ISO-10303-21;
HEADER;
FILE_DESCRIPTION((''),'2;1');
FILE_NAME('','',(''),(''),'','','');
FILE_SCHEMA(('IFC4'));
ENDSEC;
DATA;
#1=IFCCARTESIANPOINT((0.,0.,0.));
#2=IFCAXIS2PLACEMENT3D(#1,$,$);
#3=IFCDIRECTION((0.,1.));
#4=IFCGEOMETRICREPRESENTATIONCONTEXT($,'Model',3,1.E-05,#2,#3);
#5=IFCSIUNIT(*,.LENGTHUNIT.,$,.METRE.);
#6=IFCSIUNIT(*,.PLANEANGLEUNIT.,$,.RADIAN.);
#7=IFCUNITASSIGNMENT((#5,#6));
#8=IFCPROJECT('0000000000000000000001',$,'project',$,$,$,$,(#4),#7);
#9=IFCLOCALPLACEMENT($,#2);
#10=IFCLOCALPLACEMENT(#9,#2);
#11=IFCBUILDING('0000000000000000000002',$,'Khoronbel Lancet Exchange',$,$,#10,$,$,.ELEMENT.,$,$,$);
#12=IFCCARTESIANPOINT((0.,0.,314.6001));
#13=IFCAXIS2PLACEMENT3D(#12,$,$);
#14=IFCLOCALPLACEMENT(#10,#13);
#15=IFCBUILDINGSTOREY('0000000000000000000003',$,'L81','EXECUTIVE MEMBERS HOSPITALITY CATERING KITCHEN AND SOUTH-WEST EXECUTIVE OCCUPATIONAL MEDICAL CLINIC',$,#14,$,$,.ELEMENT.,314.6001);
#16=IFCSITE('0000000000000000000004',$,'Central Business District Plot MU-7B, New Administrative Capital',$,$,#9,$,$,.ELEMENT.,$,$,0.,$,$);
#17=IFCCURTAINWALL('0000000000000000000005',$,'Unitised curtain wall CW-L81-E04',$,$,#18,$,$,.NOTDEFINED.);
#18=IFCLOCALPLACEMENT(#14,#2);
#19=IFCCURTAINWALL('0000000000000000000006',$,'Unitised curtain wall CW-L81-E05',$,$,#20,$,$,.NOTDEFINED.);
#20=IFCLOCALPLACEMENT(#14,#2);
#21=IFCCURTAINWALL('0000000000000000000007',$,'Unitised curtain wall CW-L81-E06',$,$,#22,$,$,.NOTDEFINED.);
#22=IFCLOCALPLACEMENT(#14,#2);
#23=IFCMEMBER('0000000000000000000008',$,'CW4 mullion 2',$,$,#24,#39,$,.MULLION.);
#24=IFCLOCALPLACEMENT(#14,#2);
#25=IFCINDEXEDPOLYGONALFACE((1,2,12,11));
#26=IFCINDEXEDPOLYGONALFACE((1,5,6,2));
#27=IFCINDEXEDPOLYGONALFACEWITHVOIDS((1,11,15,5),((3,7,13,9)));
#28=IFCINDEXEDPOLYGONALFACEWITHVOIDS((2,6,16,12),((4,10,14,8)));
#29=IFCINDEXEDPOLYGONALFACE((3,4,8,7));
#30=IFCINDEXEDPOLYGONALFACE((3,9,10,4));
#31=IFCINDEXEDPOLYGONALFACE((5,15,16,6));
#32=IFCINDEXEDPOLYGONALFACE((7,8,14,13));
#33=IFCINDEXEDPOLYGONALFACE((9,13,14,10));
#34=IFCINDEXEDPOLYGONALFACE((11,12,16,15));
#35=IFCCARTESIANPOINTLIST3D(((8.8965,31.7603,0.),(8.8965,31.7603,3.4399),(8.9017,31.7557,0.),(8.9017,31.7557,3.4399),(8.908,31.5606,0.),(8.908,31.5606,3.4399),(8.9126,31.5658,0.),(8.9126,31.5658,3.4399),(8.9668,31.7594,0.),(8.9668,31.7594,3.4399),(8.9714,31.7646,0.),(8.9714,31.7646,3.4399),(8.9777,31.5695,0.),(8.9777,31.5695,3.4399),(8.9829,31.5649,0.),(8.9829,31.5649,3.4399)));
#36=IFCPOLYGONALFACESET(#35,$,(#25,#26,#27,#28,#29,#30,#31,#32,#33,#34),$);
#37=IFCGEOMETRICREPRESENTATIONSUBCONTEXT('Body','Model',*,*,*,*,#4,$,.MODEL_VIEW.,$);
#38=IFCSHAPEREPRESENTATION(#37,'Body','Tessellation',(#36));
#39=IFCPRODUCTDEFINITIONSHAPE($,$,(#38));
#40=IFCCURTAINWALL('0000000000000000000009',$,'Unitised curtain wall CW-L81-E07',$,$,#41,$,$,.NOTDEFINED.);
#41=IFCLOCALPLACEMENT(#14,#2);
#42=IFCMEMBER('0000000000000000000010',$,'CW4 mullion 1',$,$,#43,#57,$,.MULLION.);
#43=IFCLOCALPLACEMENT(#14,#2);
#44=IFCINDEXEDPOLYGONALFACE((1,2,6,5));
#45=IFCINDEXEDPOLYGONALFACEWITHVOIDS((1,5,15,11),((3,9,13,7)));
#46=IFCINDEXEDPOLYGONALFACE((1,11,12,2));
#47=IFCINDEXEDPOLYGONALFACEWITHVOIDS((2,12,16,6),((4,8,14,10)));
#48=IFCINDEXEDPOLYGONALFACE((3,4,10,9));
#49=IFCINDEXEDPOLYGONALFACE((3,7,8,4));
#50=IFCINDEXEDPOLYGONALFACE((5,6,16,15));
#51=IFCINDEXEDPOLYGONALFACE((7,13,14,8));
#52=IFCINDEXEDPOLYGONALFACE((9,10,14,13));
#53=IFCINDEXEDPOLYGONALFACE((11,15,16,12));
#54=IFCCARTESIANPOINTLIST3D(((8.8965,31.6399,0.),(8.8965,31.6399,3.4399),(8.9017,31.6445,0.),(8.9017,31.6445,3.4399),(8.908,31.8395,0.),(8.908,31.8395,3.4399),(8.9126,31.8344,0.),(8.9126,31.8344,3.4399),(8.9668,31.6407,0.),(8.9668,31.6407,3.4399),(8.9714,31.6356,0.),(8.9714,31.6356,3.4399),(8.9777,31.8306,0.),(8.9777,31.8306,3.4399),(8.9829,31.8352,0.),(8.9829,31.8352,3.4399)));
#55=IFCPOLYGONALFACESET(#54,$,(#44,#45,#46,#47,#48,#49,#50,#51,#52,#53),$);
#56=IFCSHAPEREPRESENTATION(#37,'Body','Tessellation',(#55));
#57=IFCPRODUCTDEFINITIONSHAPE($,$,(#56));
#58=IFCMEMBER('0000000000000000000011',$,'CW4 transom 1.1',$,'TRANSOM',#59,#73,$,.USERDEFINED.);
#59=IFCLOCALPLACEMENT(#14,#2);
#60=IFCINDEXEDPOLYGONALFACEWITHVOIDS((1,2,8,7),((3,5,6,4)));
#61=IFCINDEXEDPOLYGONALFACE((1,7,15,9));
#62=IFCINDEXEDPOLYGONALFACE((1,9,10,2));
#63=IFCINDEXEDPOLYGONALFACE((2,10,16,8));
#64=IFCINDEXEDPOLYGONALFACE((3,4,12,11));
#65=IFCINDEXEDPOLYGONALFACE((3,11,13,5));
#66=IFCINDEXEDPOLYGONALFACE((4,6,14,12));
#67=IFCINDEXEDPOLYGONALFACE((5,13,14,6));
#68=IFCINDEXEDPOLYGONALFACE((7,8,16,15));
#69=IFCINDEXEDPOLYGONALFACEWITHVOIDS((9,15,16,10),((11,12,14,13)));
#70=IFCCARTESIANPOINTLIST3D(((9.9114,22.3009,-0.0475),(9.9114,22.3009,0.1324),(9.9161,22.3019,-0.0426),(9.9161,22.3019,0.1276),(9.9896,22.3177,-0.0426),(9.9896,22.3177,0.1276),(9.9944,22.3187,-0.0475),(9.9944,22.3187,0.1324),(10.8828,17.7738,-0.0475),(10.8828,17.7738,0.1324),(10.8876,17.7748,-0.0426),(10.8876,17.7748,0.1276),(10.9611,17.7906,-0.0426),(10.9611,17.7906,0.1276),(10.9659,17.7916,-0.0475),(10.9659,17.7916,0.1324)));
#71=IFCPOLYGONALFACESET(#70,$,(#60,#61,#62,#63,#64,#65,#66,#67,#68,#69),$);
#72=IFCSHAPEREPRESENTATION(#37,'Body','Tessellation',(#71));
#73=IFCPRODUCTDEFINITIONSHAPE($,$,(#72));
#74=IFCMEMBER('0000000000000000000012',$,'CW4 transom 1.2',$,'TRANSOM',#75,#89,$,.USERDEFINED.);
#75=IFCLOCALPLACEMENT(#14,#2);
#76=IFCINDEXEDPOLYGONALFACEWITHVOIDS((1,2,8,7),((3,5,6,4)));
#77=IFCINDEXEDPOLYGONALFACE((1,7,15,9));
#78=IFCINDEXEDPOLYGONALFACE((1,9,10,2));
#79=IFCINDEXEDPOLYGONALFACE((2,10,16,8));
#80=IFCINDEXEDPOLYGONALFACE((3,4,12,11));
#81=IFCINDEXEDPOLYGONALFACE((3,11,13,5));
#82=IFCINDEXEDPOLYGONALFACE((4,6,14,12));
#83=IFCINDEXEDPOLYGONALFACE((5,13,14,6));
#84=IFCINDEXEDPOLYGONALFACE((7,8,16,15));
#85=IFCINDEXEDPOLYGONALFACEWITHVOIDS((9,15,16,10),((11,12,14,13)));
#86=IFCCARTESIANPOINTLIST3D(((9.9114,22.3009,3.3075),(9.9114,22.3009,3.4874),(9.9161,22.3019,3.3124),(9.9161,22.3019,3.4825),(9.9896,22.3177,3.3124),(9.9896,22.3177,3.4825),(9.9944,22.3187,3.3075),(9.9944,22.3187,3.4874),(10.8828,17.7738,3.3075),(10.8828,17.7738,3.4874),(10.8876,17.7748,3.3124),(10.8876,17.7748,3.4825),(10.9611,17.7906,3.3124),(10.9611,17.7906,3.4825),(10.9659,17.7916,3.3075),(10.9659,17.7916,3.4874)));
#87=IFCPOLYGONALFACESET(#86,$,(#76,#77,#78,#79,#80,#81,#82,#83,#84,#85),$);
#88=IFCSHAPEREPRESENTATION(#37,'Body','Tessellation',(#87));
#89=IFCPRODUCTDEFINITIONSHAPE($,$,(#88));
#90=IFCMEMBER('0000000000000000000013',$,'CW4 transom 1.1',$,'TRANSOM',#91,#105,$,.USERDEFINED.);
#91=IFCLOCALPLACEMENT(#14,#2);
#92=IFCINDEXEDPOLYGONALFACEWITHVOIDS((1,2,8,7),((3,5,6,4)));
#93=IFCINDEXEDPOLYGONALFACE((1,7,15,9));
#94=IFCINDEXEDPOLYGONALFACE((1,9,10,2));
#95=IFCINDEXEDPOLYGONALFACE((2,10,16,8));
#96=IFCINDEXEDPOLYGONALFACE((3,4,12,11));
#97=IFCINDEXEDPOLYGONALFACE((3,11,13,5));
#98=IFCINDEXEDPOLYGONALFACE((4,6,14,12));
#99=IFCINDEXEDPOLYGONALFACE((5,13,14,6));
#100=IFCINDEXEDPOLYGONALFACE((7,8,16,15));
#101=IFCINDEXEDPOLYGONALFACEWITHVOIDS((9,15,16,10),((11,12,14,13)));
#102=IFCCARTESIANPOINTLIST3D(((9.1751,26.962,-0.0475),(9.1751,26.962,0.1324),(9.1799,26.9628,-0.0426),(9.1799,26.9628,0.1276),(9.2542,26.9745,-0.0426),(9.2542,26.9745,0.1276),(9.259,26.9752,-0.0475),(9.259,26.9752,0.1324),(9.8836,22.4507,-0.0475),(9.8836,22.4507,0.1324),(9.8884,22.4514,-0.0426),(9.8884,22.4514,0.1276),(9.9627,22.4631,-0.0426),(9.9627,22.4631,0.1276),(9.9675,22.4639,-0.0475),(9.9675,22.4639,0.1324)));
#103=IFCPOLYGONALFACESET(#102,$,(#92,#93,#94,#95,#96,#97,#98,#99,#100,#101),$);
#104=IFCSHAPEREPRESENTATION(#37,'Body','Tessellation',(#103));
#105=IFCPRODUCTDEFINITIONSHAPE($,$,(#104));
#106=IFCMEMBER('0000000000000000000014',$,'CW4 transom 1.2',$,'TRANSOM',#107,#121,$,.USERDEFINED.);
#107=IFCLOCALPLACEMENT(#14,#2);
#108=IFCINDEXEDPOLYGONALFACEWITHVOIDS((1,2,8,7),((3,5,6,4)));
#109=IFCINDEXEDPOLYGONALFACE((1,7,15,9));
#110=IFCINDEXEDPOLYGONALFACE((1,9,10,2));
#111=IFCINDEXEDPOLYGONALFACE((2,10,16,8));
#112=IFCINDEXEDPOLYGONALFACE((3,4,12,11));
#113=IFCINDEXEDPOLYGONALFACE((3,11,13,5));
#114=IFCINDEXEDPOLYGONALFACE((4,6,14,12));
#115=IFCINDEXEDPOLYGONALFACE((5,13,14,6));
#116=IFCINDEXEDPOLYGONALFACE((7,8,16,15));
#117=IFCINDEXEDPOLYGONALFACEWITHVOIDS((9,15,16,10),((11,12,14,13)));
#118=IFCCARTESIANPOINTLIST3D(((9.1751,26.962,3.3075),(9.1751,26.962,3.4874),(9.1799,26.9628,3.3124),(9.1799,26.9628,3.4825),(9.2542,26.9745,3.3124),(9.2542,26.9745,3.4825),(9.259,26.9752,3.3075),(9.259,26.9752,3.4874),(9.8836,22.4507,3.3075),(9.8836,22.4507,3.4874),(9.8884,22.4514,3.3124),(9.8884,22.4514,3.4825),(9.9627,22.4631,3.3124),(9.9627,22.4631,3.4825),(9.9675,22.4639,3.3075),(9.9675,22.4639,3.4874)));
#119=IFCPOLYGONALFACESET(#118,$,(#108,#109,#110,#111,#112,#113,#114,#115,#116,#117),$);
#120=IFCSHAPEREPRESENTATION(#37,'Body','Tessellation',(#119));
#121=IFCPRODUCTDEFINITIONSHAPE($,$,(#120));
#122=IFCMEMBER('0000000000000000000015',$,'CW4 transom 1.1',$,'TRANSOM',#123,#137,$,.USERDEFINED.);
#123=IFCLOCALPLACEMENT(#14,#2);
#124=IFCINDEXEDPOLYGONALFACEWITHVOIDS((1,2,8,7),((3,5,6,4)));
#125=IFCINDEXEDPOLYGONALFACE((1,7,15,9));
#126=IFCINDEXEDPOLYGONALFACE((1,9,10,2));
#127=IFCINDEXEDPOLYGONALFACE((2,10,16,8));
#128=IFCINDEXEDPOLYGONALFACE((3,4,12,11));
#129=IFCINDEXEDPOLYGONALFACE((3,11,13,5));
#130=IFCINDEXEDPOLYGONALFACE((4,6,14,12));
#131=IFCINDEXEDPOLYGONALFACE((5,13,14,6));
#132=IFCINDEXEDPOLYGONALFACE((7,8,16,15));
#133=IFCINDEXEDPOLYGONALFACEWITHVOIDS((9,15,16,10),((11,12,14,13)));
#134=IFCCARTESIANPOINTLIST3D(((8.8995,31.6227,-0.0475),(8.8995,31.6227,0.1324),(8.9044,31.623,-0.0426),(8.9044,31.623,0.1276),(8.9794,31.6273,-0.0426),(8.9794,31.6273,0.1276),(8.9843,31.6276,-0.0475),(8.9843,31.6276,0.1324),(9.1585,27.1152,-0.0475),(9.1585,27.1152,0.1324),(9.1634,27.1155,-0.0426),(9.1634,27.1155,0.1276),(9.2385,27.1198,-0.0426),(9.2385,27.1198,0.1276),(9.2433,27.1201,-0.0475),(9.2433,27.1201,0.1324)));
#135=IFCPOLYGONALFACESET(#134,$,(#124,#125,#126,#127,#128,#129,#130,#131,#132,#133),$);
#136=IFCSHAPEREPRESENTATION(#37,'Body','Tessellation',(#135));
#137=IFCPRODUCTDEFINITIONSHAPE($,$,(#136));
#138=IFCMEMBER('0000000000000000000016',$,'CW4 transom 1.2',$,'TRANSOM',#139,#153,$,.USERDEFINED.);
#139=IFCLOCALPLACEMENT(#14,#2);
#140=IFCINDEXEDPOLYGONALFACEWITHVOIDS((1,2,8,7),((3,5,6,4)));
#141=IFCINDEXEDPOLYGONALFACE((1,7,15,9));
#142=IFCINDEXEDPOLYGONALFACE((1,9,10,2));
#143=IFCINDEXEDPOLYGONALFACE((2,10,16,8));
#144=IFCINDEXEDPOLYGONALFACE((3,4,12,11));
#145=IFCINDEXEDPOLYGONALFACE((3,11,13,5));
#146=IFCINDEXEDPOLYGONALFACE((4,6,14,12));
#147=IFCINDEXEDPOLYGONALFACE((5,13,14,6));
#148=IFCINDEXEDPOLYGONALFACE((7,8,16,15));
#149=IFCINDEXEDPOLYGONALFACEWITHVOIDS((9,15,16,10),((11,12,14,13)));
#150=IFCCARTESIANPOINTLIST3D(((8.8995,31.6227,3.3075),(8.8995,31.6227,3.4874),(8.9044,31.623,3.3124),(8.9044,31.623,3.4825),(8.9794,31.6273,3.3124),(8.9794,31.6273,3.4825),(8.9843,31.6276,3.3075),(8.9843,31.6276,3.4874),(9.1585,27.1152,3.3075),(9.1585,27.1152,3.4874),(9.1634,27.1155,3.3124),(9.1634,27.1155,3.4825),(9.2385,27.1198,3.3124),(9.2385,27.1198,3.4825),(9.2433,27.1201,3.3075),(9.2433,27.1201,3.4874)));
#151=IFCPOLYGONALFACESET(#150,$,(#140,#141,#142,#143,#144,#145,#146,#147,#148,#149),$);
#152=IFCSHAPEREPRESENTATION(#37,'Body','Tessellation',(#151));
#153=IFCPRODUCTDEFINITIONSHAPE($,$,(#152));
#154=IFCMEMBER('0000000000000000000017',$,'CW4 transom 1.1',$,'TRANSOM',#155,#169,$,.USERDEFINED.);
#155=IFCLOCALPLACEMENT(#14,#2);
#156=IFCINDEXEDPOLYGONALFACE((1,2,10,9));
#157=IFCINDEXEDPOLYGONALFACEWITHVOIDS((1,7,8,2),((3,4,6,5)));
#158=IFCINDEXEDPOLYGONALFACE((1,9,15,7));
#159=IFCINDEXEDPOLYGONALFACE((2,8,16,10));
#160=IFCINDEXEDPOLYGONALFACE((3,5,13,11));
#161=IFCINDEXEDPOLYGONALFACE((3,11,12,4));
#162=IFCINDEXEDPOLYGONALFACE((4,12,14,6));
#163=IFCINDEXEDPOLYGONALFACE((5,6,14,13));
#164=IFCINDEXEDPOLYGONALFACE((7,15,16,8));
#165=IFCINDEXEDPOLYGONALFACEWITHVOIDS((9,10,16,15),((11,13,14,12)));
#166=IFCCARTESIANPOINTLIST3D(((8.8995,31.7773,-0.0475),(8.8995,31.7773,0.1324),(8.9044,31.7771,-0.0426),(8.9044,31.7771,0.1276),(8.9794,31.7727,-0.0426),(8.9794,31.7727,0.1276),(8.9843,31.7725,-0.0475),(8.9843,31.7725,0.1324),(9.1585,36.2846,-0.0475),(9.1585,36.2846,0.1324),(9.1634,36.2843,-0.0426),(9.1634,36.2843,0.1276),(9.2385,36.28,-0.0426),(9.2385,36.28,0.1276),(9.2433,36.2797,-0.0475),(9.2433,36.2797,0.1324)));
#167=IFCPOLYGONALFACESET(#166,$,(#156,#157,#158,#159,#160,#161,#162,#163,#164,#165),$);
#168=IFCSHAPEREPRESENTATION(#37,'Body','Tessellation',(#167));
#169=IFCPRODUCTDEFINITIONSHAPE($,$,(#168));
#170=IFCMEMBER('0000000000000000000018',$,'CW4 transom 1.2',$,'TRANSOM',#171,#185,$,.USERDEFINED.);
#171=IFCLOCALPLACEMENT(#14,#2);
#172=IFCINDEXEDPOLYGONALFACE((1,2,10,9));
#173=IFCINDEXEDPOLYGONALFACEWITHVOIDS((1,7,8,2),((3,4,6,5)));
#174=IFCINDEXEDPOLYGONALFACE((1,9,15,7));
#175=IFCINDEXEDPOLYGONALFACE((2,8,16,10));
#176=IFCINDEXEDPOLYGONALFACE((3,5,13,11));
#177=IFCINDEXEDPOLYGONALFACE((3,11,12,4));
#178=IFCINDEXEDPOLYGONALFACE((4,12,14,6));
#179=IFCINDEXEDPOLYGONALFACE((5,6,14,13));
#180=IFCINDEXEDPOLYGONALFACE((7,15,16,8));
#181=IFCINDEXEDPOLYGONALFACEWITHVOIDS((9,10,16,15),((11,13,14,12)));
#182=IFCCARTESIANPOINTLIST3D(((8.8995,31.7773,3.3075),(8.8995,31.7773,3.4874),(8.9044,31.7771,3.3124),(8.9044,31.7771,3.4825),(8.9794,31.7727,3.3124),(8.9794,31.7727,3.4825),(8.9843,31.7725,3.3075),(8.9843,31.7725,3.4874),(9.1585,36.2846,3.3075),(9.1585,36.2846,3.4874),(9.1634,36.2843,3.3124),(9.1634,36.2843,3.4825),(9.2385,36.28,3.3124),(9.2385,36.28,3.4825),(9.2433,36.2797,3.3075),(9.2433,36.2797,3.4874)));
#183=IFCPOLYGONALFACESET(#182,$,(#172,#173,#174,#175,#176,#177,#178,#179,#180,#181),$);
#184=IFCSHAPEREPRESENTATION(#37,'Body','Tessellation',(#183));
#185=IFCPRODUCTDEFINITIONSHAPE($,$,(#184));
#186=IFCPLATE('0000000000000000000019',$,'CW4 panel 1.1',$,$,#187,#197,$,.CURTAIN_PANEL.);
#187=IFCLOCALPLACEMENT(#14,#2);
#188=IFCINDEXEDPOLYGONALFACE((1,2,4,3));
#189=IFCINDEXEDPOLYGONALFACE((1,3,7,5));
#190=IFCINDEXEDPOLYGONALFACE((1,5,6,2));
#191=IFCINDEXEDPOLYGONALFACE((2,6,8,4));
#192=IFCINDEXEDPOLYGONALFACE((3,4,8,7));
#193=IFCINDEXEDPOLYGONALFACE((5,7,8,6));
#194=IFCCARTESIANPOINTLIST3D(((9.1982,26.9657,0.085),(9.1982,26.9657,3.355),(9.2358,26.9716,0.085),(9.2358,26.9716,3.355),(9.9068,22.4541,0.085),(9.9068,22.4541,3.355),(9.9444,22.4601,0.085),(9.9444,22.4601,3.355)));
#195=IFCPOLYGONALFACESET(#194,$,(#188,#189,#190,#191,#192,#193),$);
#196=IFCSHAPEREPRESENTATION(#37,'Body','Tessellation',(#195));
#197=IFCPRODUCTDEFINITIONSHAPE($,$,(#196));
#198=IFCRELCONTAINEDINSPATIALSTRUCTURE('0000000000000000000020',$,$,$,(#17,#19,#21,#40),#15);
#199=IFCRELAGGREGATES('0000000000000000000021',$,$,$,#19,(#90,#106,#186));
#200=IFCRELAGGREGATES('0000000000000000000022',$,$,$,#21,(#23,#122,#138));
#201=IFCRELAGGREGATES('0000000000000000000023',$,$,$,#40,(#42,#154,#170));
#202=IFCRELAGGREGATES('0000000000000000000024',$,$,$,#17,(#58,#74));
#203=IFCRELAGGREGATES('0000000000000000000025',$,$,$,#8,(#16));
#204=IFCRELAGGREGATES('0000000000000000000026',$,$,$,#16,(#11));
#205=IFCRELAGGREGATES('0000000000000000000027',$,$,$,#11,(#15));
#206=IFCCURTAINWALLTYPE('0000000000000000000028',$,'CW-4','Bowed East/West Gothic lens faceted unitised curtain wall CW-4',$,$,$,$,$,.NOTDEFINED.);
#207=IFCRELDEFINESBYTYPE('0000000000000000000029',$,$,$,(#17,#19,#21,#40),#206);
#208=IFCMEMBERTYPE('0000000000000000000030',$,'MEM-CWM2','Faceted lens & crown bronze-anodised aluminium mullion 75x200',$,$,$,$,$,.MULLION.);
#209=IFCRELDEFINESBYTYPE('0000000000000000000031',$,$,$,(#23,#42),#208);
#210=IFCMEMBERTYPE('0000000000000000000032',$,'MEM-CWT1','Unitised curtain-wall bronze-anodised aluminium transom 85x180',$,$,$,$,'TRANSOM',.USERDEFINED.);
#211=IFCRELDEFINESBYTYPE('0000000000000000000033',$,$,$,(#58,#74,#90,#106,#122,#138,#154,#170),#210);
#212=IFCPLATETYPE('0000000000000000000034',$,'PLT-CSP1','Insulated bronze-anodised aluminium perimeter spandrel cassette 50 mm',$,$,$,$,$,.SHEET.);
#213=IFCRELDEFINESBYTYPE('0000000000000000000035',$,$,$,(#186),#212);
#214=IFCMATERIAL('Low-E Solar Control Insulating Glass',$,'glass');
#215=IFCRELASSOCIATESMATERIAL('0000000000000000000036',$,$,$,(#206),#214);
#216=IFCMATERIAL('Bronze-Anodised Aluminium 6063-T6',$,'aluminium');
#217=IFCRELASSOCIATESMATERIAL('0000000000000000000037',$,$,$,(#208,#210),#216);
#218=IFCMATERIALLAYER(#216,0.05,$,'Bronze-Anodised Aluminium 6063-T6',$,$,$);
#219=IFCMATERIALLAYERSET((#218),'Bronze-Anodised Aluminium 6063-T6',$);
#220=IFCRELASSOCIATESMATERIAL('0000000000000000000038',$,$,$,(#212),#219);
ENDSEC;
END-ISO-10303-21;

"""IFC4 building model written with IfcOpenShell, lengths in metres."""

from ifc_helpers import new_model, si_unit, direction, frame, origin, origin_2d, place, context, subcontext, project, spatial, rectangle, hollow_rectangle, extrude, material, layer, layer_set, material_profile, profile_set, type_object, element, aggregate, save


model = new_model("IFC4")

# Units and contexts
model_context = context("Model", 3, precision=1e-05, world=origin(), true_north=direction((0.0, 1.0)))
body_context = subcontext(model_context, "Body", "Model", "MODEL_VIEW")
ifc_project = project(units=[si_unit("LENGTHUNIT", "METRE"), si_unit("PLANEANGLEUNIT", "RADIAN")], contexts=[model_context])

# Site, building, storey
site_placement = place(None, origin())
site = spatial("IfcSite", under=ifc_project, at=site_placement, Name="Central Business District Plot MU-7B, New Administrative Capital", CompositionType="ELEMENT", RefElevation=0.0)
building_placement = place(site_placement, origin())
building = spatial("IfcBuilding", under=site, at=building_placement, Name="Khoronbel Lancet Exchange", CompositionType="ELEMENT")
storey_placement = place(building_placement, frame((0.0, 0.0, 314.6001)))
storey = spatial("IfcBuildingStorey", under=building, at=storey_placement, Name="L81", Description="EXECUTIVE MEMBERS HOSPITALITY CATERING KITCHEN AND SOUTH-WEST EXECUTIVE OCCUPATIONAL MEDICAL CLINIC", CompositionType="ELEMENT", Elevation=314.6001)

# Curtain walls, member
ifc_material_1 = material(Name="Low-E Solar Control Insulating Glass", Category="glass")
curtain_wall_type = type_object("IfcCurtainWallType", Name="CW-4", Description="Bowed East/West Gothic lens faceted unitised curtain wall CW-4", PredefinedType="NOTDEFINED", material=ifc_material_1)
curtain_wall_1_placement = place(storey_placement, origin())
curtain_wall_1 = element("IfcCurtainWall", 1, at=curtain_wall_1_placement, inside=storey, type_object=curtain_wall_type, Name="Unitised curtain wall CW-L81-E04", PredefinedType="NOTDEFINED")
ifc_material_2 = material(Name="Bronze-Anodised Aluminium 6063-T6", Category="aluminium")
ifc_material_profile_1 = material_profile(ifc_material_2, hollow_rectangle(XDim=0.075, YDim=0.2, WallThickness=0.0049, at=origin_2d()), Name="ALU MULLION 75x200")
ifc_profile_set_1 = profile_set([ifc_material_profile_1], Name="Bronze-Anodised Aluminium 6063-T6")
member_type_1 = type_object("IfcMemberType", Name="MEM-CWM2", Description="Faceted lens & crown bronze-anodised aluminium mullion 75x200", PredefinedType="MULLION", material=ifc_profile_set_1)
curtain_wall_2_placement = place(storey_placement, origin())
curtain_wall_2 = element("IfcCurtainWall", 2, at=curtain_wall_2_placement, inside=storey, type_object=curtain_wall_type, Name="Unitised curtain wall CW-L81-E05", PredefinedType="NOTDEFINED")
curtain_wall_3_placement = place(storey_placement, origin())
curtain_wall_3 = element("IfcCurtainWall", 3, at=curtain_wall_3_placement, inside=storey, type_object=curtain_wall_type, Name="Unitised curtain wall CW-L81-E06", PredefinedType="NOTDEFINED")
member_1_placement = place(storey_placement, frame((8.9397, 31.6626, 0.0), z_axis=(0.0, 0.0, 1.0), x_axis=(-0.998351, -0.057409, 0.0)))
member_1 = element("IfcMember", 4, at=member_1_placement, type_object=member_type_1, Name="CW4 mullion 2", PredefinedType="MULLION", context=body_context, shape_type="SweptSolid", body=[
    extrude(hollow_rectangle(XDim=0.075, YDim=0.2, WallThickness=0.0049, at=origin_2d()), origin(), (0.0, 0.0, 1.0), 3.4399),
])

# Curtain wall, member
curtain_wall_4_placement = place(storey_placement, origin())
curtain_wall_4 = element("IfcCurtainWall", 5, at=curtain_wall_4_placement, inside=storey, type_object=curtain_wall_type, Name="Unitised curtain wall CW-L81-E07", PredefinedType="NOTDEFINED")
member_2_placement = place(storey_placement, frame((8.9397, 31.7375, 0.0), z_axis=(0.0, 0.0, 1.0), x_axis=(-0.998351, 0.057409, 0.0)))
member_2 = element("IfcMember", 6, at=member_2_placement, type_object=member_type_1, Name="CW4 mullion 1", PredefinedType="MULLION", context=body_context, shape_type="SweptSolid", body=[
    extrude(hollow_rectangle(XDim=0.075, YDim=0.2, WallThickness=0.0049, at=origin_2d()), origin(), (0.0, 0.0, 1.0), 3.4399),
])

# Members
ifc_material_profile_2 = material_profile(ifc_material_2, hollow_rectangle(XDim=0.085, YDim=0.1799, WallThickness=0.0049, at=origin_2d()), Name="ALU TRANSOM 85x180")
ifc_profile_set_2 = profile_set([ifc_material_profile_2], Name="Bronze-Anodised Aluminium 6063-T6")
member_type_2 = type_object("IfcMemberType", Name="MEM-CWT1", Description="Unitised curtain-wall bronze-anodised aluminium transom 85x180", ElementType="TRANSOM", PredefinedType="USERDEFINED", material=ifc_profile_set_2)
member_3_placement = place(storey_placement, frame((10.9243, 17.7827, 0.0425), z_axis=(-0.209806, 0.977743, 0.0), x_axis=(-0.977743, -0.209806, 0.0)))
member_3 = element("IfcMember", 7, at=member_3_placement, type_object=member_type_2, Name="CW4 transom 1.1", ObjectType="TRANSOM", PredefinedType="USERDEFINED", context=body_context, shape_type="SweptSolid", body=[
    extrude(hollow_rectangle(XDim=0.085, YDim=0.1799, WallThickness=0.0049, at=origin_2d()), origin(), (0.0, 0.0, 1.0), 4.6301),
])
member_4_placement = place(storey_placement, frame((10.9243, 17.7827, 3.3975), z_axis=(-0.209806, 0.977743, 0.0), x_axis=(-0.977743, -0.209806, 0.0)))
member_4 = element("IfcMember", 8, at=member_4_placement, type_object=member_type_2, Name="CW4 transom 1.2", ObjectType="TRANSOM", PredefinedType="USERDEFINED", context=body_context, shape_type="SweptSolid", body=[
    extrude(hollow_rectangle(XDim=0.085, YDim=0.1799, WallThickness=0.0049, at=origin_2d()), origin(), (0.0, 0.0, 1.0), 4.6301),
])
member_5_placement = place(storey_placement, frame((9.9255, 22.4573, 0.0425), z_axis=(-0.155142, 0.987892, 0.0), x_axis=(-0.987892, -0.155142, 0.0)))
member_5 = element("IfcMember", 9, at=member_5_placement, type_object=member_type_2, Name="CW4 transom 1.1", ObjectType="TRANSOM", PredefinedType="USERDEFINED", context=body_context, shape_type="SweptSolid", body=[
    extrude(hollow_rectangle(XDim=0.085, YDim=0.1799, WallThickness=0.0049, at=origin_2d()), origin(), (0.0, 0.0, 1.0), 4.5667),
])
member_6_placement = place(storey_placement, frame((9.9255, 22.4573, 3.3975), z_axis=(-0.155142, 0.987892, 0.0), x_axis=(-0.987892, -0.155142, 0.0)))
member_6 = element("IfcMember", 10, at=member_6_placement, type_object=member_type_2, Name="CW4 transom 1.2", ObjectType="TRANSOM", PredefinedType="USERDEFINED", context=body_context, shape_type="SweptSolid", body=[
    extrude(hollow_rectangle(XDim=0.085, YDim=0.1799, WallThickness=0.0049, at=origin_2d()), origin(), (0.0, 0.0, 1.0), 4.5667),
])
member_7_placement = place(storey_placement, frame((9.2009, 27.1177, 0.0425), z_axis=(-0.057372, 0.998353, 0.0), x_axis=(-0.998353, -0.057372, 0.0)))
member_7 = element("IfcMember", 11, at=member_7_placement, type_object=member_type_2, Name="CW4 transom 1.1", ObjectType="TRANSOM", PredefinedType="USERDEFINED", context=body_context, shape_type="SweptSolid", body=[
    extrude(hollow_rectangle(XDim=0.085, YDim=0.1799, WallThickness=0.0049, at=origin_2d()), origin(), (0.0, 0.0, 1.0), 4.5149),
])
member_8_placement = place(storey_placement, frame((9.2009, 27.1177, 3.3975), z_axis=(-0.057372, 0.998353, 0.0), x_axis=(-0.998353, -0.057372, 0.0)))
member_8 = element("IfcMember", 12, at=member_8_placement, type_object=member_type_2, Name="CW4 transom 1.2", ObjectType="TRANSOM", PredefinedType="USERDEFINED", context=body_context, shape_type="SweptSolid", body=[
    extrude(hollow_rectangle(XDim=0.085, YDim=0.1799, WallThickness=0.0049, at=origin_2d()), origin(), (0.0, 0.0, 1.0), 4.5149),
])
member_9_placement = place(storey_placement, frame((8.9419, 31.7749, 0.0425), z_axis=(0.057375, 0.998353, 0.0), x_axis=(-0.998353, 0.057375, 0.0)))
member_9 = element("IfcMember", 13, at=member_9_placement, type_object=member_type_2, Name="CW4 transom 1.1", ObjectType="TRANSOM", PredefinedType="USERDEFINED", context=body_context, shape_type="SweptSolid", body=[
    extrude(hollow_rectangle(XDim=0.085, YDim=0.1799, WallThickness=0.0049, at=origin_2d()), origin(), (0.0, 0.0, 1.0), 4.5146),
])
member_10_placement = place(storey_placement, frame((8.9419, 31.7749, 3.3975), z_axis=(0.057375, 0.998353, 0.0), x_axis=(-0.998353, 0.057375, 0.0)))
member_10 = element("IfcMember", 14, at=member_10_placement, type_object=member_type_2, Name="CW4 transom 1.2", ObjectType="TRANSOM", PredefinedType="USERDEFINED", context=body_context, shape_type="SweptSolid", body=[
    extrude(hollow_rectangle(XDim=0.085, YDim=0.1799, WallThickness=0.0049, at=origin_2d()), origin(), (0.0, 0.0, 1.0), 4.5146),
])

# Plate
ifc_layer_1 = layer(ifc_material_2, 0.05, Name="Bronze-Anodised Aluminium 6063-T6")
ifc_layer_set_1 = layer_set([ifc_layer_1], Name="Bronze-Anodised Aluminium 6063-T6")
plate_type_1 = type_object("IfcPlateType", Name="PLT-CSP1", Description="Insulated bronze-anodised aluminium perimeter spandrel cassette 50 mm", PredefinedType="SHEET", material=ifc_layer_set_1)
plate_1_placement = place(storey_placement, frame((9.5713, 24.7129, 0.085), z_axis=(0.0, 0.0, 1.0), x_axis=(-0.155165, 0.987889, 0.0)))
plate_1 = element("IfcPlate", 15, at=plate_1_placement, type_object=plate_type_1, Name="CW4 panel 1.1", PredefinedType="CURTAIN_PANEL", context=body_context, shape_type="SweptSolid", body=[
    extrude(rectangle(XDim=4.5669, YDim=0.0381, at=origin_2d()), origin(), (0.0, 0.0, 1.0), 3.27),
])
aggregate(curtain_wall_2, [member_5, member_6, plate_1])
aggregate(curtain_wall_3, [member_1, member_7, member_8])
aggregate(curtain_wall_4, [member_2, member_9, member_10])
aggregate(curtain_wall_1, [member_3, member_4])

save(model, "model.ifc")
